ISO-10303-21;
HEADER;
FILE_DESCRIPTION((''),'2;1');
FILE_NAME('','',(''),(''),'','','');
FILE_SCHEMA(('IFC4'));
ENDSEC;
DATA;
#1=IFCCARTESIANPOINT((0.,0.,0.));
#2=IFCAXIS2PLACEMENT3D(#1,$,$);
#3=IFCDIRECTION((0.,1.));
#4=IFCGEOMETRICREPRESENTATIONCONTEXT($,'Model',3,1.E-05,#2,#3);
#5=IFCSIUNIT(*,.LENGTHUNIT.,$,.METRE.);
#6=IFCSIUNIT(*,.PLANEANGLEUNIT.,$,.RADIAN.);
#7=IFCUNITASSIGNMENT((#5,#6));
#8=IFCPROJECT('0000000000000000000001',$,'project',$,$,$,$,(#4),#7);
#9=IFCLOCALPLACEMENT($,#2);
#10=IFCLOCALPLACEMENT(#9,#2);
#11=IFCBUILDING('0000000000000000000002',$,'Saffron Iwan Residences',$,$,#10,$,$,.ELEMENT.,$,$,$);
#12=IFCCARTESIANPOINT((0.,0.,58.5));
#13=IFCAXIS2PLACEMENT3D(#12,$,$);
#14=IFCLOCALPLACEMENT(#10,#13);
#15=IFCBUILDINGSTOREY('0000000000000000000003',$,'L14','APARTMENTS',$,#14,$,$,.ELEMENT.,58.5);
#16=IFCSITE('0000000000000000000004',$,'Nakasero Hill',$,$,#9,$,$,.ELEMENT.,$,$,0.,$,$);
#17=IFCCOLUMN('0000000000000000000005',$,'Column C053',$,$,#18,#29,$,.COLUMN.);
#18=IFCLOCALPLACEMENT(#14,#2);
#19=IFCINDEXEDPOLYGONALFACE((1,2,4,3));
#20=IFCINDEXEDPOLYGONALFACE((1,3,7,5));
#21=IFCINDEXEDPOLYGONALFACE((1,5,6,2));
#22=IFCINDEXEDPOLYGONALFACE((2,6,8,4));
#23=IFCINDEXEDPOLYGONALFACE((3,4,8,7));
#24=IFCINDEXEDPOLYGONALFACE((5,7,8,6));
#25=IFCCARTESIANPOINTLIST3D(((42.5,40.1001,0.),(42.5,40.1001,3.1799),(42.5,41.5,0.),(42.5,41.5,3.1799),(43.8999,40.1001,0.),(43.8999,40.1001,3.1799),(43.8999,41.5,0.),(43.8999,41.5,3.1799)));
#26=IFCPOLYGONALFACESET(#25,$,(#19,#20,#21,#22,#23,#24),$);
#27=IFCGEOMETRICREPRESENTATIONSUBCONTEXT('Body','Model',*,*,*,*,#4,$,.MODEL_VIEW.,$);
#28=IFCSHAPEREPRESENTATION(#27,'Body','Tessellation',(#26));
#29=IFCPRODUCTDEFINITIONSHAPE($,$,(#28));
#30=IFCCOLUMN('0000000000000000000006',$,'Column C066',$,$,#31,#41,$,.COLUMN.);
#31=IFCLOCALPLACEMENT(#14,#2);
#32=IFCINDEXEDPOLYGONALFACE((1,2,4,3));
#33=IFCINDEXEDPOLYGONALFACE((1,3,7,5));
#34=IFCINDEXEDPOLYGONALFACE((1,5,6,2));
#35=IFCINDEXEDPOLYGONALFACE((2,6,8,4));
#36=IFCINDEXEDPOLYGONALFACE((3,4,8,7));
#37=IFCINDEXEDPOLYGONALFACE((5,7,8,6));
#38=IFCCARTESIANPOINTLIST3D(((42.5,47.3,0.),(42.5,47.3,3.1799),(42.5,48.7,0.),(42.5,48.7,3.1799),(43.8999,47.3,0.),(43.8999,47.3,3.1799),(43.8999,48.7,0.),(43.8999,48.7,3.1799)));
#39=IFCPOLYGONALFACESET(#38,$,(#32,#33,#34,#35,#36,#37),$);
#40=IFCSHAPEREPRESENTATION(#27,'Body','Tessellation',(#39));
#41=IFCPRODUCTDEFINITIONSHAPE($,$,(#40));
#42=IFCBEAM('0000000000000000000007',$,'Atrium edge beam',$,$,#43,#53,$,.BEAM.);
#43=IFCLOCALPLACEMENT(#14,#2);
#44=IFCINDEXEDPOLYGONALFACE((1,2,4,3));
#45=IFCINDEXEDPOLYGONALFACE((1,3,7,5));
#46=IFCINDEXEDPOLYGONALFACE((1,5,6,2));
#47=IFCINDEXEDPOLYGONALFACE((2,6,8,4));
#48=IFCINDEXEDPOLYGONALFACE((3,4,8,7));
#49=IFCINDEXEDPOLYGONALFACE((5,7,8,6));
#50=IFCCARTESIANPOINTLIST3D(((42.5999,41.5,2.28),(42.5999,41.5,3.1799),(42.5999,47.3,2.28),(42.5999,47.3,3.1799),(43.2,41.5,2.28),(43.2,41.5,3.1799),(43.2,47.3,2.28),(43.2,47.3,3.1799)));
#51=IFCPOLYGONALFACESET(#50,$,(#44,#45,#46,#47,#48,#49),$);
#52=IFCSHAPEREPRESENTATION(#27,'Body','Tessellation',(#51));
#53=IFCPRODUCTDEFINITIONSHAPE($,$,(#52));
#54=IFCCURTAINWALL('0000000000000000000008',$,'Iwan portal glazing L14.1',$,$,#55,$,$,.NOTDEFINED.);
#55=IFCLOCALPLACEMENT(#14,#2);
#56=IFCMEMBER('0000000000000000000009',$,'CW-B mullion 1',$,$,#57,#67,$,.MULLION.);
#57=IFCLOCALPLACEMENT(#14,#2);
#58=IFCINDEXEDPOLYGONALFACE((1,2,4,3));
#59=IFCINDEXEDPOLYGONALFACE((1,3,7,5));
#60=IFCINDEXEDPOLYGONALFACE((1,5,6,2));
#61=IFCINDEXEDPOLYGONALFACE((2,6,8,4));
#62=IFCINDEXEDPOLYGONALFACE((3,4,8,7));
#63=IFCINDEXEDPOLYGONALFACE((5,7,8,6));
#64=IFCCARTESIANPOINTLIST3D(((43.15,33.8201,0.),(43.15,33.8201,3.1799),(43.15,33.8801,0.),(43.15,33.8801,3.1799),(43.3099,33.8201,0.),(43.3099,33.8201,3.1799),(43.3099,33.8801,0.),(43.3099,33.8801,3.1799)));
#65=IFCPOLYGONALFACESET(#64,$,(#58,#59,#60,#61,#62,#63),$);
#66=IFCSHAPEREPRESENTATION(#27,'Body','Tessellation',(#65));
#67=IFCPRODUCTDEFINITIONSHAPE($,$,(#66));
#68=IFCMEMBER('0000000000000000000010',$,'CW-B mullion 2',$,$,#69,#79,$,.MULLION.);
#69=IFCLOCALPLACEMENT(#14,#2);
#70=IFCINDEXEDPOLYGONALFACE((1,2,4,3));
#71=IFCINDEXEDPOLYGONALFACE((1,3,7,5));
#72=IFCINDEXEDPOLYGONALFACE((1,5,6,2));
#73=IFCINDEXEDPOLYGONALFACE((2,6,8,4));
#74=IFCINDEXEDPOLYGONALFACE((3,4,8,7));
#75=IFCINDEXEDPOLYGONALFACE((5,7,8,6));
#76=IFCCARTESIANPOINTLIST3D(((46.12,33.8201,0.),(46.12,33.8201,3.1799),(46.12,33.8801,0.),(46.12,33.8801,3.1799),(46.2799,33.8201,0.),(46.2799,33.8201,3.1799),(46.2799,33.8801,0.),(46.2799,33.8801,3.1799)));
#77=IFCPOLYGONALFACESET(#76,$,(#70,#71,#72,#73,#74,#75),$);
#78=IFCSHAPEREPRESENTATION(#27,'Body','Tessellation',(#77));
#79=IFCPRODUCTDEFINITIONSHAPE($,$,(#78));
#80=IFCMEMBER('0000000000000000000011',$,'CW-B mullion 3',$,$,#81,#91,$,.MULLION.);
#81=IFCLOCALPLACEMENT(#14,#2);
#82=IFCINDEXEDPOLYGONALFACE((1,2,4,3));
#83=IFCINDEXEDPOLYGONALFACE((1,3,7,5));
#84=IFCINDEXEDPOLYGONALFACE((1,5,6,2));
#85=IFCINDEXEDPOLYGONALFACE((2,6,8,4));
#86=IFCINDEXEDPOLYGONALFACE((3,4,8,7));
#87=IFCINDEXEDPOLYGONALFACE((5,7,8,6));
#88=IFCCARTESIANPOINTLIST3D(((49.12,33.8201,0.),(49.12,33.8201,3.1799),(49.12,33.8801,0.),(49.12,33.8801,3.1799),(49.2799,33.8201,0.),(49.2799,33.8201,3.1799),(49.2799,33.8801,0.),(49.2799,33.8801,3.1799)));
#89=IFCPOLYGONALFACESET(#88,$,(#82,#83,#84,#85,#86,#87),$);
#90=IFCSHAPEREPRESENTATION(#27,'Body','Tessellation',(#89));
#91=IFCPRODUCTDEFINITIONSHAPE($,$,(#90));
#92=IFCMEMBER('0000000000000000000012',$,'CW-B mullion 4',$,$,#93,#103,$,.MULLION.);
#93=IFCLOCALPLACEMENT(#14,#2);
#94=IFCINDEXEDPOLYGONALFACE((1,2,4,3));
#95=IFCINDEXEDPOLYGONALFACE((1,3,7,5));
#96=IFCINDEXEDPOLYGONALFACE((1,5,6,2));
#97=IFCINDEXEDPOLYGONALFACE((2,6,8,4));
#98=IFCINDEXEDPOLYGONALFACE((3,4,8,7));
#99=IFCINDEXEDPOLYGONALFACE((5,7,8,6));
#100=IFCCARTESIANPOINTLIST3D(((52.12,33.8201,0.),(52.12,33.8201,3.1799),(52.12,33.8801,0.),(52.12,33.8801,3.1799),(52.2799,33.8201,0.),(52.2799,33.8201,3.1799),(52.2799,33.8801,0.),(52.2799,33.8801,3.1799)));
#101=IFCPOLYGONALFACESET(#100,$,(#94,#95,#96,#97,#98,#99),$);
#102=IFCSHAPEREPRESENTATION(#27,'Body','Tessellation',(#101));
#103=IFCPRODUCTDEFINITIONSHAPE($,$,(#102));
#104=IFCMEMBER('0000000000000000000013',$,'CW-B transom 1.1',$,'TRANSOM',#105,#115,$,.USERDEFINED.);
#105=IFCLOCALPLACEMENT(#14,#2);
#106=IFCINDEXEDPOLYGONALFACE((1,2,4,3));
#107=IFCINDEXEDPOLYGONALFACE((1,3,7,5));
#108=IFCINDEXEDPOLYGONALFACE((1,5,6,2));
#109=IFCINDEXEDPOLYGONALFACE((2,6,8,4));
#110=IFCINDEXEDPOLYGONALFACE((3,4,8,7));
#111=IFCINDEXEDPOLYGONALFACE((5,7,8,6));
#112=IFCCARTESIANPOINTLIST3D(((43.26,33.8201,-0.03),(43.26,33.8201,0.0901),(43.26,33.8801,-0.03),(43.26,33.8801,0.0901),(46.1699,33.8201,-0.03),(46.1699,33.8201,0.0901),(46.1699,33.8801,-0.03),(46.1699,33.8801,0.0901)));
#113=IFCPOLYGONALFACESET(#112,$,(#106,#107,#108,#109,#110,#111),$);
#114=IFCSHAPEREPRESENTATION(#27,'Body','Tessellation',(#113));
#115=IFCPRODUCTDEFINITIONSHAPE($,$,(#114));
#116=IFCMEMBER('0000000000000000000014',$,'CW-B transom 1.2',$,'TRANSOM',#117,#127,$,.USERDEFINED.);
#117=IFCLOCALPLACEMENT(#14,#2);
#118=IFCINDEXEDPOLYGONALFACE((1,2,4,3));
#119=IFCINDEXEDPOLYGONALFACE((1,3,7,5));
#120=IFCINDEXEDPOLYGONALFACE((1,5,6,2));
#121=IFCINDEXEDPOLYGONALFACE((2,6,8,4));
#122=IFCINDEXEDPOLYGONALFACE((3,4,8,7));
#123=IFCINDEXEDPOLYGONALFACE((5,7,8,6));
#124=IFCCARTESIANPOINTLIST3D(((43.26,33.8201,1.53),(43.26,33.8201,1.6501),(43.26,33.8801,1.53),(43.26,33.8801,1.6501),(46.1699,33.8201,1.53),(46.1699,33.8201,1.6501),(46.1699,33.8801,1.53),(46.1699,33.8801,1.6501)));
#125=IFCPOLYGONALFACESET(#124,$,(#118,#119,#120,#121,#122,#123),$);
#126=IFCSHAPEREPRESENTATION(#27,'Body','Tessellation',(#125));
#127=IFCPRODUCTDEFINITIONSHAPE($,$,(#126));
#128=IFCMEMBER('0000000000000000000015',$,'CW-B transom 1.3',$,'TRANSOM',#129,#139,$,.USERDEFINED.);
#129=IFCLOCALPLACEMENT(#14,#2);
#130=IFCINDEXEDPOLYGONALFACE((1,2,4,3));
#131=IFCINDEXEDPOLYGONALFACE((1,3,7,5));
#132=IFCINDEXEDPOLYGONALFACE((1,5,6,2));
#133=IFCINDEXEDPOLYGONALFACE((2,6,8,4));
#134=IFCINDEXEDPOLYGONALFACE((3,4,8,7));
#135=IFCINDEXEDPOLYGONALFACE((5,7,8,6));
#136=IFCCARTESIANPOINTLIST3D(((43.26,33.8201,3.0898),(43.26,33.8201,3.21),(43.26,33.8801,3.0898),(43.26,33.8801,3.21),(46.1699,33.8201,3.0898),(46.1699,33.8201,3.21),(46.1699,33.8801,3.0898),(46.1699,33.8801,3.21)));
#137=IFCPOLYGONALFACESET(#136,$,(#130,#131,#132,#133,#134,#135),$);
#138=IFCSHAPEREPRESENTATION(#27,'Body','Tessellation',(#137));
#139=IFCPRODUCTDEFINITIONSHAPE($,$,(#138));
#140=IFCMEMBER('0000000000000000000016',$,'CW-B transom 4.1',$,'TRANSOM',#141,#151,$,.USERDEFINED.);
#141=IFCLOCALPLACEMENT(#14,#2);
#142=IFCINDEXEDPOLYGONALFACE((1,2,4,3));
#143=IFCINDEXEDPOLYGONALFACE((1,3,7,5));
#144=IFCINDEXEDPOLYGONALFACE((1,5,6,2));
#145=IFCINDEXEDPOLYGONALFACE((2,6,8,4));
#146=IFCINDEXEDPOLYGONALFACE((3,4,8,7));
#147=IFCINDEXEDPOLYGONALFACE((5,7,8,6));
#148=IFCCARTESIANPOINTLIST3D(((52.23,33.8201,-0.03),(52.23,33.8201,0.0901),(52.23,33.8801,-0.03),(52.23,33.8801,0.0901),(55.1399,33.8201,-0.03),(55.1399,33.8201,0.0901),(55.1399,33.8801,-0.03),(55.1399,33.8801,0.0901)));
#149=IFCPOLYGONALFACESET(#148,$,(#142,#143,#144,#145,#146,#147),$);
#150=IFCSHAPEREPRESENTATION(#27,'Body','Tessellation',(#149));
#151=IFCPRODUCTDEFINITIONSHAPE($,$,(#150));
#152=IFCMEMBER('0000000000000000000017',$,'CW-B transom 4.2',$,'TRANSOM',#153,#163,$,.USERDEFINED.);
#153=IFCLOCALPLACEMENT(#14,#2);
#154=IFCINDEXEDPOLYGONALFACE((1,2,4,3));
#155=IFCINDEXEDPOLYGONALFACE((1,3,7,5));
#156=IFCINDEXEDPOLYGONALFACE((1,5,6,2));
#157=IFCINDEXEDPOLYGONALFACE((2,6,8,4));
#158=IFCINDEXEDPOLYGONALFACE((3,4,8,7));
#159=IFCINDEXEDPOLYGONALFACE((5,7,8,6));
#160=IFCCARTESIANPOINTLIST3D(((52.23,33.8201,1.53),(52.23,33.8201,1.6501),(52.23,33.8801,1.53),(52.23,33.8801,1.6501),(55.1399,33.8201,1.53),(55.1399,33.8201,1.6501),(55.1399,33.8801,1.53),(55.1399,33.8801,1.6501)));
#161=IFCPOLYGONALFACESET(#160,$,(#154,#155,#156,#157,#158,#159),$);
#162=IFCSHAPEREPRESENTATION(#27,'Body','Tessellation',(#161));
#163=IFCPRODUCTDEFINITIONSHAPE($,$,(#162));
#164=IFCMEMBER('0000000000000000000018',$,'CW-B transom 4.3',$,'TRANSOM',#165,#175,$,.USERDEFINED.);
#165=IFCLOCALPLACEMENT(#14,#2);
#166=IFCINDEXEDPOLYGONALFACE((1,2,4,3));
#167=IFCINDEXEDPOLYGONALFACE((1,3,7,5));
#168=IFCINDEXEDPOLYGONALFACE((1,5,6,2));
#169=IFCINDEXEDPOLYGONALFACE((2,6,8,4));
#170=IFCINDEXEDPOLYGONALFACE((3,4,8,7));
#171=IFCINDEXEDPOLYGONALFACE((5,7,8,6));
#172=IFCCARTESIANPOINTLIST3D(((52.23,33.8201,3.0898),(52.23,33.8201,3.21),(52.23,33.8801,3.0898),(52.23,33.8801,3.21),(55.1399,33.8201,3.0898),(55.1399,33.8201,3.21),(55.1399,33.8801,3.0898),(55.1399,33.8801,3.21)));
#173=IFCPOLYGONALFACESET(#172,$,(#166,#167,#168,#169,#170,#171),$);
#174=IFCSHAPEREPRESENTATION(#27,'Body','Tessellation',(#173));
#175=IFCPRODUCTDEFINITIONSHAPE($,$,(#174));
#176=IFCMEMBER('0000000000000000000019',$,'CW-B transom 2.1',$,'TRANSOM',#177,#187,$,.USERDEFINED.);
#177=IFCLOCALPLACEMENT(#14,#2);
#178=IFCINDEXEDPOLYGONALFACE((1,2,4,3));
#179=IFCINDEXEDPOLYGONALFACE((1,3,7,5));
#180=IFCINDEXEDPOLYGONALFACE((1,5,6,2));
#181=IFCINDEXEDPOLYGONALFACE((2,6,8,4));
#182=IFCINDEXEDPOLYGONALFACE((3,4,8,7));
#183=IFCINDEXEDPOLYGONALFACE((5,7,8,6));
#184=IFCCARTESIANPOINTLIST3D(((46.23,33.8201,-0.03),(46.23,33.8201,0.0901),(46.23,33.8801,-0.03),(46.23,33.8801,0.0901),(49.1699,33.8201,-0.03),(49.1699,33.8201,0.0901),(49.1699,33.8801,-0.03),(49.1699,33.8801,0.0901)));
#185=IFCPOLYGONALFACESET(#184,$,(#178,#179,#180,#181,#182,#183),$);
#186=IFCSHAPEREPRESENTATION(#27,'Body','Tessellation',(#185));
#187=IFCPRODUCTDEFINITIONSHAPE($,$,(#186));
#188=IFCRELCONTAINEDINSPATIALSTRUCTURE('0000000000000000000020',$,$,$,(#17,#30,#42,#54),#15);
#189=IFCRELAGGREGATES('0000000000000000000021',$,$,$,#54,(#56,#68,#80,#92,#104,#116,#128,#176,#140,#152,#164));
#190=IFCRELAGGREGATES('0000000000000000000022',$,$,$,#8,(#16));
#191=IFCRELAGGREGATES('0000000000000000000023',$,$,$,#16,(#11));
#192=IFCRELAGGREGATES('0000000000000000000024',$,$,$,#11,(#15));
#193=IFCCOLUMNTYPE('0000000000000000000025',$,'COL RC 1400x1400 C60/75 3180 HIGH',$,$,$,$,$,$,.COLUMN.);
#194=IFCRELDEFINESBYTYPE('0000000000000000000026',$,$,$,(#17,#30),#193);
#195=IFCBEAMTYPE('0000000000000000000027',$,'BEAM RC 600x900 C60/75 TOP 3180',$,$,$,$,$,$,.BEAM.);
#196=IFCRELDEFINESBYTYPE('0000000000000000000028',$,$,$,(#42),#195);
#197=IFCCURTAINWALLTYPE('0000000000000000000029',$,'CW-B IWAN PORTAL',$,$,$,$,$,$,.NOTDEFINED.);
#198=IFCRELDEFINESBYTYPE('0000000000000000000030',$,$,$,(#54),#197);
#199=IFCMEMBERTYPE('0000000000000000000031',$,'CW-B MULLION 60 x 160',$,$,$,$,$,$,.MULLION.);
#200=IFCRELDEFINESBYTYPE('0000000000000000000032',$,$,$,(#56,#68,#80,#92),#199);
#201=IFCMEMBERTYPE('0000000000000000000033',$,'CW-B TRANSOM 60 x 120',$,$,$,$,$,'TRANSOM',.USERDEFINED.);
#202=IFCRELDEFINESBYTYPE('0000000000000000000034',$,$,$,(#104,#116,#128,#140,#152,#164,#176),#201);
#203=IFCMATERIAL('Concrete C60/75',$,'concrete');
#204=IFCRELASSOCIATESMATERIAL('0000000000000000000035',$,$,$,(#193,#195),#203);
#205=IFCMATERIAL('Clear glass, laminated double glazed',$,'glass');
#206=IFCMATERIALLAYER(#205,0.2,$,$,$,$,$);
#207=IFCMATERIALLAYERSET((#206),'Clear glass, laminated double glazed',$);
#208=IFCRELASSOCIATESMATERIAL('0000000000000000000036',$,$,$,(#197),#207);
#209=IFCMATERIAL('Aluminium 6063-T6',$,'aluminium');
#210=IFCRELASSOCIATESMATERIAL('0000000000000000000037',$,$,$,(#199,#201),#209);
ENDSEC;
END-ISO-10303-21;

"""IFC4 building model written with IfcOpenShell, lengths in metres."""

from ifc_helpers import new_model, si_unit, direction, frame, origin, origin_2d, place, context, subcontext, project, spatial, rectangle, extrude, source, transform, mapped, material, layer, layer_set, material_profile, profile_set, type_object, element, aggregate, save


model = new_model("IFC4")

# Units and contexts
model_context = context("Model", 3, precision=1e-05, world=origin(), true_north=direction((0.0, 1.0)))
body_context = subcontext(model_context, "Body", "Model", "MODEL_VIEW")
ifc_project = project(units=[si_unit("LENGTHUNIT", "METRE"), si_unit("PLANEANGLEUNIT", "RADIAN")], contexts=[model_context])

# Site, building, storey
site_placement = place(None, origin())
site = spatial("IfcSite", under=ifc_project, at=site_placement, Name="Nakasero Hill", CompositionType="ELEMENT", RefElevation=0.0)
building_placement = place(site_placement, origin())
building = spatial("IfcBuilding", under=site, at=building_placement, Name="Saffron Iwan Residences", CompositionType="ELEMENT")
storey_placement = place(building_placement, frame((0.0, 0.0, 58.5)))
storey = spatial("IfcBuildingStorey", under=building, at=storey_placement, Name="L14", Description="APARTMENTS", CompositionType="ELEMENT", Elevation=58.5)

# Columns
ifc_material_1 = material(Name="Concrete C60/75", Category="concrete")
ifc_material_profile_1 = material_profile(ifc_material_1, rectangle(XDim=1.3999, YDim=1.3999, at=origin_2d()), Name="RC 1400x1400")
ifc_profile_set_1 = profile_set([ifc_material_profile_1], Name="Concrete C60/75")
column_type = type_object("IfcColumnType", Name="COL RC 1400x1400 C60/75 3180 HIGH", PredefinedType="COLUMN", material=ifc_profile_set_1)
shared_shape_1 = source(origin(), body_context, "Body", "SweptSolid", [
    extrude(rectangle(XDim=1.3999, YDim=1.3999, at=origin_2d()), origin(), (0.0, 0.0, 1.0), 3.1799),
])
for number, where, z_axis, x_axis, name in (
    (1, (43.2, 40.8, 0.0), (0.0, 0.0, 1.0), (1.0, 0.0, 0.0), "Column C053"),
    (2, (43.2, 48.0, 0.0), (0.0, 0.0, 1.0), (1.0, 0.0, 0.0), "Column C066"),
):
    element("IfcColumn", number, at=place(storey_placement, frame(where, z_axis=z_axis, x_axis=x_axis)), inside=storey, type_object=column_type, Name=name, PredefinedType="COLUMN", context=body_context, shape_type="MappedRepresentation", body=[
        mapped(shared_shape_1, transform((0.0, 0.0, 0.0))),
    ])

# Beam
ifc_material_profile_2 = material_profile(ifc_material_1, rectangle(XDim=0.6001, YDim=0.8999, at=origin_2d()), Name="RC 600x900")
ifc_profile_set_2 = profile_set([ifc_material_profile_2], Name="Concrete C60/75")
beam_type = type_object("IfcBeamType", Name="BEAM RC 600x900 C60/75 TOP 3180", PredefinedType="BEAM", material=ifc_profile_set_2)
shared_shape_2 = source(origin(), body_context, "Body", "SweptSolid", [
    extrude(rectangle(XDim=0.6001, YDim=0.8999, at=origin_2d()), origin(), (0.0, 0.0, 1.0), 5.8),
])
beam_placement = place(storey_placement, frame((42.8999, 41.5, 2.73), z_axis=(0.0, 1.0, 0.0), x_axis=(-1.0, 0.0, 0.0)))
element("IfcBeam", 3, at=beam_placement, inside=storey, type_object=beam_type, Name="Atrium edge beam", PredefinedType="BEAM", context=body_context, shape_type="MappedRepresentation", body=[
    mapped(shared_shape_2, transform((0.0, 0.0, 0.0))),
])

# Curtain wall, members
ifc_material_2 = material(Name="Clear glass, laminated double glazed", Category="glass")
ifc_layer_1 = layer(ifc_material_2, 0.2)
ifc_layer_set_1 = layer_set([ifc_layer_1], Name="Clear glass, laminated double glazed")
curtain_wall_type = type_object("IfcCurtainWallType", Name="CW-B IWAN PORTAL", PredefinedType="NOTDEFINED", material=ifc_layer_set_1)
curtain_wall_placement = place(storey_placement, origin())
curtain_wall = element("IfcCurtainWall", 4, at=curtain_wall_placement, inside=storey, type_object=curtain_wall_type, Name="Iwan portal glazing L14.1", PredefinedType="NOTDEFINED")
ifc_material_3 = material(Name="Aluminium 6063-T6", Category="aluminium")
ifc_material_profile_3 = material_profile(ifc_material_3, rectangle(XDim=0.0601, YDim=0.1599, at=origin_2d()), Name="CW-B MULLION 60 x 160")
ifc_profile_set_3 = profile_set([ifc_material_profile_3], Name="Aluminium 6063-T6")
member_type_1 = type_object("IfcMemberType", Name="CW-B MULLION 60 x 160", PredefinedType="MULLION", material=ifc_profile_set_3)
shared_shape_3 = source(origin(), body_context, "Body", "SweptSolid", [
    extrude(rectangle(XDim=0.0601, YDim=0.1599, at=origin_2d()), origin(), (0.0, 0.0, 1.0), 3.1799),
])
member_1_placement = place(storey_placement, frame((43.23, 33.8501, 0.0), z_axis=(0.0, 0.0, 1.0), x_axis=(0.0, 1.0, 0.0)))
member_1 = element("IfcMember", 5, at=member_1_placement, type_object=member_type_1, Name="CW-B mullion 1", PredefinedType="MULLION", context=body_context, shape_type="MappedRepresentation", body=[
    mapped(shared_shape_3, transform((0.0, 0.0, 0.0))),
])
member_2_placement = place(storey_placement, frame((46.2, 33.8501, 0.0), z_axis=(0.0, 0.0, 1.0), x_axis=(0.0, 1.0, 0.0)))
member_2 = element("IfcMember", 6, at=member_2_placement, type_object=member_type_1, Name="CW-B mullion 2", PredefinedType="MULLION", context=body_context, shape_type="MappedRepresentation", body=[
    mapped(shared_shape_3, transform((0.0, 0.0, 0.0))),
])
member_3_placement = place(storey_placement, frame((49.2, 33.8501, 0.0), z_axis=(0.0, 0.0, 1.0), x_axis=(0.0, 1.0, 0.0)))
member_3 = element("IfcMember", 7, at=member_3_placement, type_object=member_type_1, Name="CW-B mullion 3", PredefinedType="MULLION", context=body_context, shape_type="MappedRepresentation", body=[
    mapped(shared_shape_3, transform((0.0, 0.0, 0.0))),
])
member_4_placement = place(storey_placement, frame((52.2, 33.8501, 0.0), z_axis=(0.0, 0.0, 1.0), x_axis=(0.0, 1.0, 0.0)))
member_4 = element("IfcMember", 8, at=member_4_placement, type_object=member_type_1, Name="CW-B mullion 4", PredefinedType="MULLION", context=body_context, shape_type="MappedRepresentation", body=[
    mapped(shared_shape_3, transform((0.0, 0.0, 0.0))),
])
ifc_material_profile_4 = material_profile(ifc_material_3, rectangle(XDim=0.0601, YDim=0.1201, at=origin_2d()), Name="CW-B TRANSOM 60 x 120")
ifc_profile_set_4 = profile_set([ifc_material_profile_4], Name="Aluminium 6063-T6")
member_type_2 = type_object("IfcMemberType", Name="CW-B TRANSOM 60 x 120", ElementType="TRANSOM", PredefinedType="USERDEFINED", material=ifc_profile_set_4)
shared_shape_4 = source(origin(), body_context, "Body", "SweptSolid", [
    extrude(rectangle(XDim=0.0601, YDim=0.1201, at=origin_2d()), origin(), (0.0, 0.0, 1.0), 2.9099),
])
member_5_placement = place(storey_placement, frame((43.26, 33.8501, 0.03), z_axis=(1.0, 0.0, 0.0), x_axis=(0.0, 1.0, 0.0)))
member_5 = element("IfcMember", 9, at=member_5_placement, type_object=member_type_2, Name="CW-B transom 1.1", ObjectType="TRANSOM", PredefinedType="USERDEFINED", context=body_context, shape_type="MappedRepresentation", body=[
    mapped(shared_shape_4, transform((0.0, 0.0, 0.0))),
])
member_6_placement = place(storey_placement, frame((43.26, 33.8501, 1.5901), z_axis=(1.0, 0.0, 0.0), x_axis=(0.0, 1.0, 0.0)))
member_6 = element("IfcMember", 10, at=member_6_placement, type_object=member_type_2, Name="CW-B transom 1.2", ObjectType="TRANSOM", PredefinedType="USERDEFINED", context=body_context, shape_type="MappedRepresentation", body=[
    mapped(shared_shape_4, transform((0.0, 0.0, 0.0))),
])
member_7_placement = place(storey_placement, frame((43.26, 33.8501, 3.1499), z_axis=(1.0, 0.0, 0.0), x_axis=(0.0, 1.0, 0.0)))
member_7 = element("IfcMember", 11, at=member_7_placement, type_object=member_type_2, Name="CW-B transom 1.3", ObjectType="TRANSOM", PredefinedType="USERDEFINED", context=body_context, shape_type="MappedRepresentation", body=[
    mapped(shared_shape_4, transform((0.0, 0.0, 0.0))),
])
member_8_placement = place(storey_placement, frame((52.23, 33.8501, 0.03), z_axis=(1.0, 0.0, 0.0), x_axis=(0.0, 1.0, 0.0)))
member_8 = element("IfcMember", 12, at=member_8_placement, type_object=member_type_2, Name="CW-B transom 4.1", ObjectType="TRANSOM", PredefinedType="USERDEFINED", context=body_context, shape_type="MappedRepresentation", body=[
    mapped(shared_shape_4, transform((0.0, 0.0, 0.0))),
])
member_9_placement = place(storey_placement, frame((52.23, 33.8501, 1.5901), z_axis=(1.0, 0.0, 0.0), x_axis=(0.0, 1.0, 0.0)))
member_9 = element("IfcMember", 13, at=member_9_placement, type_object=member_type_2, Name="CW-B transom 4.2", ObjectType="TRANSOM", PredefinedType="USERDEFINED", context=body_context, shape_type="MappedRepresentation", body=[
    mapped(shared_shape_4, transform((0.0, 0.0, 0.0))),
])
member_10_placement = place(storey_placement, frame((52.23, 33.8501, 3.1499), z_axis=(1.0, 0.0, 0.0), x_axis=(0.0, 1.0, 0.0)))
member_10 = element("IfcMember", 14, at=member_10_placement, type_object=member_type_2, Name="CW-B transom 4.3", ObjectType="TRANSOM", PredefinedType="USERDEFINED", context=body_context, shape_type="MappedRepresentation", body=[
    mapped(shared_shape_4, transform((0.0, 0.0, 0.0))),
])
shared_shape_5 = source(origin(), body_context, "Body", "SweptSolid", [
    extrude(rectangle(XDim=0.0601, YDim=0.1201, at=origin_2d()), origin(), (0.0, 0.0, 1.0), 2.9399),
])
member_11_placement = place(storey_placement, frame((46.23, 33.8501, 0.03), z_axis=(1.0, 0.0, 0.0), x_axis=(0.0, 1.0, 0.0)))
member_11 = element("IfcMember", 15, at=member_11_placement, type_object=member_type_2, Name="CW-B transom 2.1", ObjectType="TRANSOM", PredefinedType="USERDEFINED", context=body_context, shape_type="MappedRepresentation", body=[
    mapped(shared_shape_5, transform((0.0, 0.0, 0.0))),
])
aggregate(curtain_wall, [member_1, member_2, member_3, member_4, member_5, member_6, member_7, member_11, member_8, member_9, member_10])

save(model, "model.ifc")
